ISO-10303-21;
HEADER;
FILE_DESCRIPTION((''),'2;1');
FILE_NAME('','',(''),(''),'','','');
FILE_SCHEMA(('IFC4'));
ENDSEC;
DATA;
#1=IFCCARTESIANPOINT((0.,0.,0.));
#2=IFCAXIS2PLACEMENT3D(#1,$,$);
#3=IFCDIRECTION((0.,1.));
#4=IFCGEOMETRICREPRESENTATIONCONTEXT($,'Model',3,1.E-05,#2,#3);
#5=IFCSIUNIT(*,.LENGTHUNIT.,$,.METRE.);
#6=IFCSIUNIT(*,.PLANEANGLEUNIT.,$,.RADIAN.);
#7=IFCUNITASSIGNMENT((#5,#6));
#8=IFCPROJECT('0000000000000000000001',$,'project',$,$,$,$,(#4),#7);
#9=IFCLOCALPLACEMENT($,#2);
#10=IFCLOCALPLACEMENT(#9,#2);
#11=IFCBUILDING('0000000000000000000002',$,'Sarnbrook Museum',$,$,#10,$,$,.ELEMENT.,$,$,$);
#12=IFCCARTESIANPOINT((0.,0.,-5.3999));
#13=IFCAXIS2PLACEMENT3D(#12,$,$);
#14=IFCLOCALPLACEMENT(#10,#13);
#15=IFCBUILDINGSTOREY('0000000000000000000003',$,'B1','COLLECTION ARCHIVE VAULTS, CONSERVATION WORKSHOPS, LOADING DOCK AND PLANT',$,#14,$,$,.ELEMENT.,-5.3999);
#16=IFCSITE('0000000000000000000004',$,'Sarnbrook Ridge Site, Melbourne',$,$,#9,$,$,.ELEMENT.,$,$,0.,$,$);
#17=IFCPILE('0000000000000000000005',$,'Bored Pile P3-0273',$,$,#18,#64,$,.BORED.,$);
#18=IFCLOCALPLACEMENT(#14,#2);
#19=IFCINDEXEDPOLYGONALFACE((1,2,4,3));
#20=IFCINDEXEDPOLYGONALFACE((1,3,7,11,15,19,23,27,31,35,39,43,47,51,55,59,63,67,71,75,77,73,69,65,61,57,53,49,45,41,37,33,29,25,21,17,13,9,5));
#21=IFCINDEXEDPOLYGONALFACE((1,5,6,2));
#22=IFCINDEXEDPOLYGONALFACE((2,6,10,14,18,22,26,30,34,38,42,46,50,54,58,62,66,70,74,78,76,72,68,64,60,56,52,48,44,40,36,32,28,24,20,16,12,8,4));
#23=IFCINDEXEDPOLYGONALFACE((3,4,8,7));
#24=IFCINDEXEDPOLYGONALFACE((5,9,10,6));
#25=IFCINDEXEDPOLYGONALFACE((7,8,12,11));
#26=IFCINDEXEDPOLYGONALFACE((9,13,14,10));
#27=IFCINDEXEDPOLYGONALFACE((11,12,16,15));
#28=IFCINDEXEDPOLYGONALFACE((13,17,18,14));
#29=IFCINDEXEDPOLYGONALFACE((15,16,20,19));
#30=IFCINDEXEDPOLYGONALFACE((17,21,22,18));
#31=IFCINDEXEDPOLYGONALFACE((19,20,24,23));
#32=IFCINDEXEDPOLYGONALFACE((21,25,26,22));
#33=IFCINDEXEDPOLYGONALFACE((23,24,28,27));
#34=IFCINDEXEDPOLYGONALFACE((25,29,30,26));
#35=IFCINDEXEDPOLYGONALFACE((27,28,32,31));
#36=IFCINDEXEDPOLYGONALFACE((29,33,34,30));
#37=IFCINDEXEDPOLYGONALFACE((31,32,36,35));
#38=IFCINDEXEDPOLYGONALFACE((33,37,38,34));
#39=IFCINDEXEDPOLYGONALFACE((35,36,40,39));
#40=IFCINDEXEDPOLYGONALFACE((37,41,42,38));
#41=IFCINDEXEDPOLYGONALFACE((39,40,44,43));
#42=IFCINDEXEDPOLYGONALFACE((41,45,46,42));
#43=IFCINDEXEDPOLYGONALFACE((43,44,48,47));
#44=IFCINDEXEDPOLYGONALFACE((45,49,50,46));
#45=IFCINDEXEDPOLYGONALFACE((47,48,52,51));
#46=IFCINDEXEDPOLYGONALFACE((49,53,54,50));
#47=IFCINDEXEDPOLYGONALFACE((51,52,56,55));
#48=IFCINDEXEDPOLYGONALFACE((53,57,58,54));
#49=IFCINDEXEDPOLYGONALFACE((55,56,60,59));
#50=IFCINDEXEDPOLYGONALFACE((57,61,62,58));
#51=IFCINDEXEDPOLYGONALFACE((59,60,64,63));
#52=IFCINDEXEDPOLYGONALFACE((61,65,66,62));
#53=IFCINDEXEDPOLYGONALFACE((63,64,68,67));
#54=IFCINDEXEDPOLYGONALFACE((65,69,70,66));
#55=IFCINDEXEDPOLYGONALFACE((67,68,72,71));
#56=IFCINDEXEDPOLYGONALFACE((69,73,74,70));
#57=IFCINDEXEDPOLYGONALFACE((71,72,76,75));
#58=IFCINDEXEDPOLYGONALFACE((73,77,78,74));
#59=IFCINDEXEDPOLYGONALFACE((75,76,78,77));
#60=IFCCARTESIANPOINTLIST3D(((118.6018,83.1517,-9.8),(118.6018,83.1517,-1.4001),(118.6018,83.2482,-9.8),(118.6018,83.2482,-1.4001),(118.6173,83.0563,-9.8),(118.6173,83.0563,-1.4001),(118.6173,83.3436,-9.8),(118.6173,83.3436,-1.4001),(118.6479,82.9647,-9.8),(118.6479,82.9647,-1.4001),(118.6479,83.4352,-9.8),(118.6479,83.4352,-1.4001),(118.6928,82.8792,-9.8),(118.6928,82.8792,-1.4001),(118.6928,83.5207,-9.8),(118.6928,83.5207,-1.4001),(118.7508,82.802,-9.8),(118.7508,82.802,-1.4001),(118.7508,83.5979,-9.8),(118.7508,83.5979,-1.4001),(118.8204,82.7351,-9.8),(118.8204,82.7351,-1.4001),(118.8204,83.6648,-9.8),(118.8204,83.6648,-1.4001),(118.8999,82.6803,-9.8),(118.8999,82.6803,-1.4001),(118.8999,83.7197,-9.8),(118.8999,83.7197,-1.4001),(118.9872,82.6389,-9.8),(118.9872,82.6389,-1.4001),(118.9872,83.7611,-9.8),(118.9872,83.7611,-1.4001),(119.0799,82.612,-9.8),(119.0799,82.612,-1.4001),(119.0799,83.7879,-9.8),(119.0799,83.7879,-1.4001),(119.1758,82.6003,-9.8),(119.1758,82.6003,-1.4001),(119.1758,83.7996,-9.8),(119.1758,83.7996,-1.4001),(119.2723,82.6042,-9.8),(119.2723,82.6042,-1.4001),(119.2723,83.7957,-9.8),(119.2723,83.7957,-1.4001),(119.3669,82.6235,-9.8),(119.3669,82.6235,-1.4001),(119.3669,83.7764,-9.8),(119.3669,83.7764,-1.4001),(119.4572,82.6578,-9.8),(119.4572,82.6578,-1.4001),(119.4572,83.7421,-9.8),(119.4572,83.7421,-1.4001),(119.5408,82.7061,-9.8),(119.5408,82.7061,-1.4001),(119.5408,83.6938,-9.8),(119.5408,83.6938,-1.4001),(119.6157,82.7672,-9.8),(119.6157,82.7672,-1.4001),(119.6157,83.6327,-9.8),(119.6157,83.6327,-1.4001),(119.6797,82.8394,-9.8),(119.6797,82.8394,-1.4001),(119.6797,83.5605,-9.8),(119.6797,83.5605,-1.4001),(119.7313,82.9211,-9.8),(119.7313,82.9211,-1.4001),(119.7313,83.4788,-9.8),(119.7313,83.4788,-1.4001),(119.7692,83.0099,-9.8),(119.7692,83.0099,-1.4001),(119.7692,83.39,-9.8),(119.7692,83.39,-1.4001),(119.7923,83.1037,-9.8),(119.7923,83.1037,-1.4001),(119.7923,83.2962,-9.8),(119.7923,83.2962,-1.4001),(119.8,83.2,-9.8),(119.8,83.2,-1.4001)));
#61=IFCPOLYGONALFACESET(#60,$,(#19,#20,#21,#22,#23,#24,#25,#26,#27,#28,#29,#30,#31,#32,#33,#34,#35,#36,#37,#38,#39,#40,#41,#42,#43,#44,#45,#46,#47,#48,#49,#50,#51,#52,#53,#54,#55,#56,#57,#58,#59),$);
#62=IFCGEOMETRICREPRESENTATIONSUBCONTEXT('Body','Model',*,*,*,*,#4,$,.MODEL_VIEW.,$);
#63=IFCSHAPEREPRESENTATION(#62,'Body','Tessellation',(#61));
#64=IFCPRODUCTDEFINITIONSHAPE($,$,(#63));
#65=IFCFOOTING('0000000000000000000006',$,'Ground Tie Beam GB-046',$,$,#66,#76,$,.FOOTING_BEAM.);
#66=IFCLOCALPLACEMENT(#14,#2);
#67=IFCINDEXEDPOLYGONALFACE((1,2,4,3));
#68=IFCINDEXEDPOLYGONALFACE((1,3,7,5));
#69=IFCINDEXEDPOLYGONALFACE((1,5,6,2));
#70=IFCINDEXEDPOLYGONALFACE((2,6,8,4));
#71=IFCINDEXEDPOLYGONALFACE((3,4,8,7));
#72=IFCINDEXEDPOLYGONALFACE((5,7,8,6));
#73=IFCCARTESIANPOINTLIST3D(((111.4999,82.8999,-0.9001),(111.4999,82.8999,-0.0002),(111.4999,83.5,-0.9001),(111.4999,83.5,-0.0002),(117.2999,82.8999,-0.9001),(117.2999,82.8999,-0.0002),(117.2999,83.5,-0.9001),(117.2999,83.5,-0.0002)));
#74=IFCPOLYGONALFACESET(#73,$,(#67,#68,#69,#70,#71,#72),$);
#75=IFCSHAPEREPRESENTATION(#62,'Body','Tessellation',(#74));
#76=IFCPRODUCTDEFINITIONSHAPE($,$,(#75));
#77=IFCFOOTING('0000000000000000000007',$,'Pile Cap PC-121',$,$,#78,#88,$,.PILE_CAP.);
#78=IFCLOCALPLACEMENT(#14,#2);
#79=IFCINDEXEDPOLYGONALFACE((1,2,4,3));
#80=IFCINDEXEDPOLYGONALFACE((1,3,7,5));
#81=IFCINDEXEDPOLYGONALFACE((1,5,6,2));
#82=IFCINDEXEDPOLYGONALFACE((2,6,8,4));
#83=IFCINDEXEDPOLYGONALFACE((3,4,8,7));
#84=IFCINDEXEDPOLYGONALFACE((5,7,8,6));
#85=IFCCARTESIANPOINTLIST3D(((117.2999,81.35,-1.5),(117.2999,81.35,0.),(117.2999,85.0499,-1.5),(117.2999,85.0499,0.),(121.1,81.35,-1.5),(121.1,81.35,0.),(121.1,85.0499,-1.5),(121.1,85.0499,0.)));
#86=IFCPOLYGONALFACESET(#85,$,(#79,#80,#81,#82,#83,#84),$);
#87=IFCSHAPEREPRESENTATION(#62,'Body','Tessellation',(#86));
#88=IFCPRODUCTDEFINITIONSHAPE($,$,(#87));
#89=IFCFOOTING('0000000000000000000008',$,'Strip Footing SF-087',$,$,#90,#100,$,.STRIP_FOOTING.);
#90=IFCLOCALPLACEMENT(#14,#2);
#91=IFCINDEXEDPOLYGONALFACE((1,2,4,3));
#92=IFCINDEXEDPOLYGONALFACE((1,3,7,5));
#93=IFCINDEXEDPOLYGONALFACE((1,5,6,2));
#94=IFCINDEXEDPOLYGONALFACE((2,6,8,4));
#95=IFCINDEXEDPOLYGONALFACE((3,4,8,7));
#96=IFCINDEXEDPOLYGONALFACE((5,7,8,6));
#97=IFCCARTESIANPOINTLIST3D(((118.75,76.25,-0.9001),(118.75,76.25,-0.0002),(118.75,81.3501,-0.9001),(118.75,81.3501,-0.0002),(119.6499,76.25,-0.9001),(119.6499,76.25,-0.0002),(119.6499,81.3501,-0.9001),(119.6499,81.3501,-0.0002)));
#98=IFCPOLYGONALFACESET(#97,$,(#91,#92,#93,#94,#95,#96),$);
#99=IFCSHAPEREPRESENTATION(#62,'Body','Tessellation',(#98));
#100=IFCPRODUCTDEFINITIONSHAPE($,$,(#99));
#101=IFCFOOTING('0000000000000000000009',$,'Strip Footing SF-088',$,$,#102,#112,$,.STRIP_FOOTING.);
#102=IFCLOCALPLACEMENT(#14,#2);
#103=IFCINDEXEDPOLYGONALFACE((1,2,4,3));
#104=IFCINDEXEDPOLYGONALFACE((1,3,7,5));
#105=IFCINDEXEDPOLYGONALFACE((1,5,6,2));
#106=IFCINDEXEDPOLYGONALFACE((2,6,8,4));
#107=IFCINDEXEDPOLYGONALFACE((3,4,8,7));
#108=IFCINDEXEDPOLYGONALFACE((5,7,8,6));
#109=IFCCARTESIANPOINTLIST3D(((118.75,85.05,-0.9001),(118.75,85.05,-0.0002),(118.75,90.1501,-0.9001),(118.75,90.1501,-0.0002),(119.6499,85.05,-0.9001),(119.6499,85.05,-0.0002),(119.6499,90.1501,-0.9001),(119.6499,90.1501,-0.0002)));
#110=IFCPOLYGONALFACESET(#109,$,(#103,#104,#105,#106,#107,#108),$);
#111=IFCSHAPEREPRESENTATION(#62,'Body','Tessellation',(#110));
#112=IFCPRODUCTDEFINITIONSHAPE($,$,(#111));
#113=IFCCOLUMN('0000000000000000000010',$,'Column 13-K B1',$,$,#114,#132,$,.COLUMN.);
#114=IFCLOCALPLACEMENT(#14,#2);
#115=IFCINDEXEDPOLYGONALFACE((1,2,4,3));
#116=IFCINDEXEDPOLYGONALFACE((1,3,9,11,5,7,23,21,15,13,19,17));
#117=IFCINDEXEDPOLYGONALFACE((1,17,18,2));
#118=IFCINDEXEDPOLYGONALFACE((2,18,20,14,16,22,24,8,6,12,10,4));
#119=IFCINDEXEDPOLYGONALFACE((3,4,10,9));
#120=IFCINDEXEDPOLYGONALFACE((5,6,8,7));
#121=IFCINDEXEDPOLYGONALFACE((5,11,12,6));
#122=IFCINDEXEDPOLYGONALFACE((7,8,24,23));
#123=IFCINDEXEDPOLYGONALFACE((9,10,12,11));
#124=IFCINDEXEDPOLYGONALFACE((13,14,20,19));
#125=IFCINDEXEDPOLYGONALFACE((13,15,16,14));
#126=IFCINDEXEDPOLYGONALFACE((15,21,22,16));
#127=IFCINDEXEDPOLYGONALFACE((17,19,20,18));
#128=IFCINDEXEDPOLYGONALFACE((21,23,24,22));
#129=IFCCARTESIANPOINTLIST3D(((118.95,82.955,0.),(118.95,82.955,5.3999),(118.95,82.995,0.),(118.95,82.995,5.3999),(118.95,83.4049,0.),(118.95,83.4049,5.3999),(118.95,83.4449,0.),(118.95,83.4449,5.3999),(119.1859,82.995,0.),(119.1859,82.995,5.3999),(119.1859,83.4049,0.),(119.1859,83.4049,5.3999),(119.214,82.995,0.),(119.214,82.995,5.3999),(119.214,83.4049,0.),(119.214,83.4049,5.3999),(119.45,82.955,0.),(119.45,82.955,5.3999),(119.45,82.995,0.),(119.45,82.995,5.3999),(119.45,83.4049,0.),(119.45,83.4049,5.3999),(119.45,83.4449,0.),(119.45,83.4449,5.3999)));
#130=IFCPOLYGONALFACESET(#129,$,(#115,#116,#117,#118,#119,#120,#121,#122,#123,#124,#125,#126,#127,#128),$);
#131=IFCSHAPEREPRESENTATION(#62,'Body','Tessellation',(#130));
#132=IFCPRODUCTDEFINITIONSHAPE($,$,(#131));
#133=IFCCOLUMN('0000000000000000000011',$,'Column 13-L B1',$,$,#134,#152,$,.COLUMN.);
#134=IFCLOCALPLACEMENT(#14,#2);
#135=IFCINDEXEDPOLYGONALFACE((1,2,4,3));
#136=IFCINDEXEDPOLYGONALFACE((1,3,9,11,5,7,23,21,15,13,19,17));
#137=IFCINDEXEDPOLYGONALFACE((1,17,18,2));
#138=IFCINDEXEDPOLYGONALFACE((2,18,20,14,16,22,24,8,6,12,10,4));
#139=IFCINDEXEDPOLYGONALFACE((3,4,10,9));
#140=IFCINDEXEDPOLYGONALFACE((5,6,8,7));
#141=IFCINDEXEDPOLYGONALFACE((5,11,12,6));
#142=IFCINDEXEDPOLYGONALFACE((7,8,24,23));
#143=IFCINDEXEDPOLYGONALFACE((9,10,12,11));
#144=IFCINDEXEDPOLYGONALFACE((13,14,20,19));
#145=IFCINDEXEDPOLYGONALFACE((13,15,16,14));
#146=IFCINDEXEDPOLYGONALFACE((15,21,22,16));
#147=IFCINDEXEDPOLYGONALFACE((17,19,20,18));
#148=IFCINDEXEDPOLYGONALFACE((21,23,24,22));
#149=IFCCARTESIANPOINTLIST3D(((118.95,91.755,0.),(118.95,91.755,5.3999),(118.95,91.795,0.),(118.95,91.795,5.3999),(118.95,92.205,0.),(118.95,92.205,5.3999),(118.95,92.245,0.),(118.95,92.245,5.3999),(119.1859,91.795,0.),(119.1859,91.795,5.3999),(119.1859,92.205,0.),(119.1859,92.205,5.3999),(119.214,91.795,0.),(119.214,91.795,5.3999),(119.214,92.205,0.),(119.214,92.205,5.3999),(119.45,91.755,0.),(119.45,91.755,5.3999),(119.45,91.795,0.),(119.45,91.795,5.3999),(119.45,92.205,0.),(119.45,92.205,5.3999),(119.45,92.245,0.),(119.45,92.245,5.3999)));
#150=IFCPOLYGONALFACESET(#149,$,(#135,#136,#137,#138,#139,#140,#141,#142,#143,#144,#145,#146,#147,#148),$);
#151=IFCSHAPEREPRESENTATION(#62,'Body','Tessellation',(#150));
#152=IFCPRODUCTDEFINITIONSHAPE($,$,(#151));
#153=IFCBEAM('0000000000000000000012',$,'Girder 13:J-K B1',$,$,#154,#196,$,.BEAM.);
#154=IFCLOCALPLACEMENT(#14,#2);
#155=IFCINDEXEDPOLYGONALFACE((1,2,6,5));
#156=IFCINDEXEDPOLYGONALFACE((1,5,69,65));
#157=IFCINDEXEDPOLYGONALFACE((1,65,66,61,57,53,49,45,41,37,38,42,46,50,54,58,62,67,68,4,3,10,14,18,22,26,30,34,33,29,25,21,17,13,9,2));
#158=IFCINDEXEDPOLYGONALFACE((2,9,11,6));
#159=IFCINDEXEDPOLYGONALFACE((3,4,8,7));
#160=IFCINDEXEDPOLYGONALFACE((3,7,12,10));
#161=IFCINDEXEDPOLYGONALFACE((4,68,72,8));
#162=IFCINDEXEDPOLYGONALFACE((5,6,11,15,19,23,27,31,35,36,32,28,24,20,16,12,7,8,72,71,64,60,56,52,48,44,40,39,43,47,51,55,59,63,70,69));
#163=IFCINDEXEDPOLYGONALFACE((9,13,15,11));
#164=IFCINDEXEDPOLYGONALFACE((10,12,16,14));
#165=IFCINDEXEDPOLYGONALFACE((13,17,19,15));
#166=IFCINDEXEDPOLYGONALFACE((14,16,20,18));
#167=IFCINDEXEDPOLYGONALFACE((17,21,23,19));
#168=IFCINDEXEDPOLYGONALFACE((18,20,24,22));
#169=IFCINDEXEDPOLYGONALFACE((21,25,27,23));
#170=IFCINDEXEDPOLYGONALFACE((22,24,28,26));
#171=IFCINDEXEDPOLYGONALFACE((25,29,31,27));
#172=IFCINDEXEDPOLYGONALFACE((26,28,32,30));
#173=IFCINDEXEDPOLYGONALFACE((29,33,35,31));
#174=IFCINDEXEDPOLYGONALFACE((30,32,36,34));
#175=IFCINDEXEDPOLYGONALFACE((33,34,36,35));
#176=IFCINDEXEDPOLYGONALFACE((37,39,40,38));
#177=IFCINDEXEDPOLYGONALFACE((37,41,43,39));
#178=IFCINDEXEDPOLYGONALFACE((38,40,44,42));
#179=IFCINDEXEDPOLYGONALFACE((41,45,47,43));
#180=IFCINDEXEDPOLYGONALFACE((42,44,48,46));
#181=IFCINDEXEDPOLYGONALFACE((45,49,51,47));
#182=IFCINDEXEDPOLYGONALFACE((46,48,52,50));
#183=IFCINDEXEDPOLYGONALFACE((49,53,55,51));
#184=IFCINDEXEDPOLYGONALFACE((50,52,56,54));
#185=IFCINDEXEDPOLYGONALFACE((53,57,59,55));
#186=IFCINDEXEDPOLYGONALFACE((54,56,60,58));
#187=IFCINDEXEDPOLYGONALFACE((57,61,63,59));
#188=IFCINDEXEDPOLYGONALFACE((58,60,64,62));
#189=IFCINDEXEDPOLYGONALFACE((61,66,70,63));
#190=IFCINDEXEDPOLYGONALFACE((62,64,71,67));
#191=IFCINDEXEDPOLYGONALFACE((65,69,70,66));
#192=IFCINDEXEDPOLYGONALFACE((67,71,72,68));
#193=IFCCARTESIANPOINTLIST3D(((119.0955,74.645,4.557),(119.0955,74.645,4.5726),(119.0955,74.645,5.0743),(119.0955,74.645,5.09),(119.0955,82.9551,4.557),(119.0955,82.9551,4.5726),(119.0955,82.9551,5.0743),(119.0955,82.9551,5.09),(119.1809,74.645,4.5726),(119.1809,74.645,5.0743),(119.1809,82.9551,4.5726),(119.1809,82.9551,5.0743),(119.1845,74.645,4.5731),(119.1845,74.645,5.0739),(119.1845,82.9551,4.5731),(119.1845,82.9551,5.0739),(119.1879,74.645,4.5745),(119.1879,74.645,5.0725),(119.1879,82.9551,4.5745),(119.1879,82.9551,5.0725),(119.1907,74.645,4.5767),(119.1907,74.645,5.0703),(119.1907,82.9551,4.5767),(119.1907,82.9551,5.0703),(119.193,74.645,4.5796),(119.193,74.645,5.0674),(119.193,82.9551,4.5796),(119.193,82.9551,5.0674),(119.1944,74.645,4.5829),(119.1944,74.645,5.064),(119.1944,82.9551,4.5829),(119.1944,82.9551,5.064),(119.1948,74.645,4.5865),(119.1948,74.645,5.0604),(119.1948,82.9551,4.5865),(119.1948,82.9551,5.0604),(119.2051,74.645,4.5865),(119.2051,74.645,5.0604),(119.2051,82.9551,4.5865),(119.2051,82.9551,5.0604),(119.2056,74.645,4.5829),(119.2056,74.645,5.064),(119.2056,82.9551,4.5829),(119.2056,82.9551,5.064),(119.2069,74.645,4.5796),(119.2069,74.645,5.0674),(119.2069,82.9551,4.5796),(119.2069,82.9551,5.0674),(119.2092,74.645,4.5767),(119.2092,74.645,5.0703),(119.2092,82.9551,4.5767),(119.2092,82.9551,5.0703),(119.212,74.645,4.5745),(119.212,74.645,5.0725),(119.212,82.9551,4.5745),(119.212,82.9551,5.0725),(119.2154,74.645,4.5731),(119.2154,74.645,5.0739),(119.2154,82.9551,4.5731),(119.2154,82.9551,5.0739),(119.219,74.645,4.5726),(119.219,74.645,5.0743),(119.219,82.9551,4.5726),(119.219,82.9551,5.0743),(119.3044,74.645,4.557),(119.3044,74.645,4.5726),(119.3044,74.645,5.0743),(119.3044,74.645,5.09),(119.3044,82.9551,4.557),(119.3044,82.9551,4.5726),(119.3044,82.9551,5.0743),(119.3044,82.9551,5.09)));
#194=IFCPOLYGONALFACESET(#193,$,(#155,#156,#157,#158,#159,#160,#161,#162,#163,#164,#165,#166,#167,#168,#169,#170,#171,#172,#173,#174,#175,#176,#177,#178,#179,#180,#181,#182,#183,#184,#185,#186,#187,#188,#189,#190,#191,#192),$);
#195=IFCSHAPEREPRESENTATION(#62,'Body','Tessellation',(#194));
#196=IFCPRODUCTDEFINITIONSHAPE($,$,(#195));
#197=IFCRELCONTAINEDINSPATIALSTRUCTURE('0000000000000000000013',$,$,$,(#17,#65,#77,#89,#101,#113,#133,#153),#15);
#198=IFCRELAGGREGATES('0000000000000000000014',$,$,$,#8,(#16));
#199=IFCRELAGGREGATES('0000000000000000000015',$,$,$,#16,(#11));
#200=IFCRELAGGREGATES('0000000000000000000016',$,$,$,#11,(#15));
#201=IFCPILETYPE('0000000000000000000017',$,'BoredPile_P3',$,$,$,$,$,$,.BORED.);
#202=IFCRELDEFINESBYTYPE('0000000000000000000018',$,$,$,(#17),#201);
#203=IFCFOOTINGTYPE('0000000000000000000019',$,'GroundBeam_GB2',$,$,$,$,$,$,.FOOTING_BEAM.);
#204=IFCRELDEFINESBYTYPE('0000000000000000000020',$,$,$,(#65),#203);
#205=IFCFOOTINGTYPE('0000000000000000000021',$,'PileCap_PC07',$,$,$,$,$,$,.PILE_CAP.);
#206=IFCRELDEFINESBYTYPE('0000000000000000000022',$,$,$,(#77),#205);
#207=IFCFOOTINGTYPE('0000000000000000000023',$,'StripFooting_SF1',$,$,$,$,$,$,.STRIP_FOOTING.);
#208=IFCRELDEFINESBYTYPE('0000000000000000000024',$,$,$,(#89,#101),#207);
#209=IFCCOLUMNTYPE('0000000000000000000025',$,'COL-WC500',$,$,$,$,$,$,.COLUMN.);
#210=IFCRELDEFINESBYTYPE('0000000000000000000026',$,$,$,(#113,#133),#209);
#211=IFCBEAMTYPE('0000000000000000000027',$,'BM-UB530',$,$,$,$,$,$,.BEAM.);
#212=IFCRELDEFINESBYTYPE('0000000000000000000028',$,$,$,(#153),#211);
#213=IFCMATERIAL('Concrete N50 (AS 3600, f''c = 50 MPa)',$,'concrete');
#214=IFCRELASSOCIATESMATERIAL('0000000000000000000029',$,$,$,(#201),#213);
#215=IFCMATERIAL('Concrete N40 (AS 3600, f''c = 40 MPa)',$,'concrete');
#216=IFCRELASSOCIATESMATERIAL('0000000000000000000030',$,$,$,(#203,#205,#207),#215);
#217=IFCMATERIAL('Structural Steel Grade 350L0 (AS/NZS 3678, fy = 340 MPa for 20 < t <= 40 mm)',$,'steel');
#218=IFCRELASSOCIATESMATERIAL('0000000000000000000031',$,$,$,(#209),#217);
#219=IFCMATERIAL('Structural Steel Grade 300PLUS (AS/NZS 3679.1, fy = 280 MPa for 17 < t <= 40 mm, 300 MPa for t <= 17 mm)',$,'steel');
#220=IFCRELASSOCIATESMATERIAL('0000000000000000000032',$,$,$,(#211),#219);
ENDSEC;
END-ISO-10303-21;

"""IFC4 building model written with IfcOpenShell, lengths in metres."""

from ifc_helpers import new_model, si_unit, direction, frame, origin, origin_2d, place, context, subcontext, project, spatial, rectangle, circle, i_section, extrude, material, material_profile, profile_set, type_object, element, save


model = new_model("IFC4")

# Units and contexts
model_context = context("Model", 3, precision=1e-05, world=origin(), true_north=direction((0.0, 1.0)))
body_context = subcontext(model_context, "Body", "Model", "MODEL_VIEW")
ifc_project = project(units=[si_unit("LENGTHUNIT", "METRE"), si_unit("PLANEANGLEUNIT", "RADIAN")], contexts=[model_context])

# Site, building, storey
site_placement = place(None, origin())
site = spatial("IfcSite", under=ifc_project, at=site_placement, Name="Sarnbrook Ridge Site, Melbourne", CompositionType="ELEMENT", RefElevation=0.0)
building_placement = place(site_placement, origin())
building = spatial("IfcBuilding", under=site, at=building_placement, Name="Sarnbrook Museum", CompositionType="ELEMENT")
storey_placement = place(building_placement, frame((0.0, 0.0, -5.3999)))
storey = spatial("IfcBuildingStorey", under=building, at=storey_placement, Name="B1", Description="COLLECTION ARCHIVE VAULTS, CONSERVATION WORKSHOPS, LOADING DOCK AND PLANT", CompositionType="ELEMENT", Elevation=-5.3999)

# Pile
ifc_material_1 = material(Name="Concrete N50 (AS 3600, f'c = 50 MPa)", Category="concrete")
ifc_material_profile_1 = material_profile(ifc_material_1, circle(Radius=0.6001, at=origin_2d()), Name="BORED PILE D1200")
ifc_profile_set_1 = profile_set([ifc_material_profile_1], Name="Concrete N50 (AS 3600, f'c = 50 MPa)")
pile_type = type_object("IfcPileType", Name="BoredPile_P3", PredefinedType="BORED", material=ifc_profile_set_1)
for number, where, z_axis, x_axis, name in (
    (1, (119.2, 83.2, -1.4001), (0.0, 0.0, -1.0), (1.0, 0.0, 0.0), "Bored Pile P3-0273"),
):
    element("IfcPile", number, at=place(storey_placement, frame(where, z_axis=z_axis, x_axis=x_axis)), inside=storey, type_object=pile_type, Name=name, PredefinedType="BORED", context=body_context, shape_type="SweptSolid", body=[
        extrude(circle(Radius=0.6001, at=origin_2d()), origin(), (0.0, 0.0, 1.0), 8.3999),
    ])

# Footings
ifc_material_2 = material(Name="Concrete N40 (AS 3600, f'c = 40 MPa)", Category="concrete")
footing_type_1 = type_object("IfcFootingType", Name="GroundBeam_GB2", PredefinedType="FOOTING_BEAM", material=ifc_material_2)
footing_1_placement = place(storey_placement, frame((114.3999, 83.2, -0.9001), z_axis=(0.0, 0.0, 1.0), x_axis=(1.0, 0.0, 0.0)))
element("IfcFooting", 2, at=footing_1_placement, inside=storey, type_object=footing_type_1, Name="Ground Tie Beam GB-046", PredefinedType="FOOTING_BEAM", context=body_context, shape_type="SweptSolid", body=[
    extrude(rectangle(XDim=5.8, YDim=0.6001, at=origin_2d()), origin(), (0.0, 0.0, 1.0), 0.8999),
])
footing_type_2 = type_object("IfcFootingType", Name="PileCap_PC07", PredefinedType="PILE_CAP", material=ifc_material_2)
footing_2_placement = place(storey_placement, frame((119.2, 83.2, -1.5), z_axis=(0.0, 0.0, 1.0), x_axis=(1.0, 0.0, 0.0)))
element("IfcFooting", 3, at=footing_2_placement, inside=storey, type_object=footing_type_2, Name="Pile Cap PC-121", PredefinedType="PILE_CAP", context=body_context, shape_type="SweptSolid", body=[
    extrude(rectangle(XDim=3.8, YDim=3.7, at=origin_2d()), origin(), (0.0, 0.0, 1.0), 1.5),
])
footing_type_3 = type_object("IfcFootingType", Name="StripFooting_SF1", PredefinedType="STRIP_FOOTING", material=ifc_material_2)
for number, where, z_axis, x_axis, name in (
    (4, (119.2, 78.8, -0.9001), (0.0, 0.0, 1.0), (1.0, 0.0, 0.0), "Strip Footing SF-087"),
    (5, (119.2, 87.6001, -0.9001), (0.0, 0.0, 1.0), (1.0, 0.0, 0.0), "Strip Footing SF-088"),
):
    element("IfcFooting", number, at=place(storey_placement, frame(where, z_axis=z_axis, x_axis=x_axis)), inside=storey, type_object=footing_type_3, Name=name, PredefinedType="STRIP_FOOTING", context=body_context, shape_type="SweptSolid", body=[
        extrude(rectangle(XDim=0.8999, YDim=5.1001, at=origin_2d()), origin(), (0.0, 0.0, 1.0), 0.8999),
    ])

# Columns
ifc_material_3 = material(Name="Structural Steel Grade 350L0 (AS/NZS 3678, fy = 340 MPa for 20 < t <= 40 mm)", Category="steel")
ifc_material_profile_2 = material_profile(ifc_material_3, i_section(OverallWidth=0.5, OverallDepth=0.49, WebThickness=0.0281, FlangeThickness=0.04, at=origin_2d()), Name="500WC340")
ifc_profile_set_2 = profile_set([ifc_material_profile_2], Name="Structural Steel Grade 350L0 (AS/NZS 3678, fy = 340 MPa for 20 < t <= 40 mm)")
column_type = type_object("IfcColumnType", Name="COL-WC500", PredefinedType="COLUMN", material=ifc_profile_set_2)
for number, where, z_axis, x_axis, name in (
    (6, (119.2, 83.2, 0.0), (0.0, 0.0, 1.0), (1.0, 0.0, 0.0), "Column 13-K B1"),
    (7, (119.2, 92.0, 0.0), (0.0, 0.0, 1.0), (1.0, 0.0, 0.0), "Column 13-L B1"),
):
    element("IfcColumn", number, at=place(storey_placement, frame(where, z_axis=z_axis, x_axis=x_axis)), inside=storey, type_object=column_type, Name=name, PredefinedType="COLUMN", context=body_context, shape_type="SweptSolid", body=[
        extrude(i_section(OverallWidth=0.5, OverallDepth=0.49, WebThickness=0.0281, FlangeThickness=0.04, at=origin_2d()), origin(), (0.0, 0.0, 1.0), 5.3999),
    ])

# Beam
ifc_material_4 = material(Name="Structural Steel Grade 300PLUS (AS/NZS 3679.1, fy = 280 MPa for 17 < t <= 40 mm, 300 MPa for t <= 17 mm)", Category="steel")
ifc_material_profile_3 = material_profile(ifc_material_4, i_section(OverallWidth=0.209, OverallDepth=0.533, WebThickness=0.0103, FlangeThickness=0.0156, FilletRadius=0.0139, at=origin_2d()), Name="530UB92.4")
ifc_profile_set_3 = profile_set([ifc_material_profile_3], Name="Structural Steel Grade 300PLUS (AS/NZS 3679.1, fy = 280 MPa for 17 < t <= 40 mm, 300 MPa for t <= 17 mm)")
beam_type_1 = type_object("IfcBeamType", Name="BM-UB530", PredefinedType="BEAM", material=ifc_profile_set_3)
beam_1_placement = place(storey_placement, frame((119.2, 74.645, 4.8235), z_axis=(0.0, 1.0, 0.0), x_axis=(-1.0, 0.0, 0.0)))
element("IfcBeam", 8, at=beam_1_placement, inside=storey, type_object=beam_type_1, Name="Girder 13:J-K B1", PredefinedType="BEAM", context=body_context, shape_type="SweptSolid", body=[
    extrude(i_section(OverallWidth=0.209, OverallDepth=0.533, WebThickness=0.0103, FlangeThickness=0.0156, FilletRadius=0.0139, at=origin_2d()), origin(), (0.0, 0.0, 1.0), 8.3101),
])

save(model, "model.ifc")
